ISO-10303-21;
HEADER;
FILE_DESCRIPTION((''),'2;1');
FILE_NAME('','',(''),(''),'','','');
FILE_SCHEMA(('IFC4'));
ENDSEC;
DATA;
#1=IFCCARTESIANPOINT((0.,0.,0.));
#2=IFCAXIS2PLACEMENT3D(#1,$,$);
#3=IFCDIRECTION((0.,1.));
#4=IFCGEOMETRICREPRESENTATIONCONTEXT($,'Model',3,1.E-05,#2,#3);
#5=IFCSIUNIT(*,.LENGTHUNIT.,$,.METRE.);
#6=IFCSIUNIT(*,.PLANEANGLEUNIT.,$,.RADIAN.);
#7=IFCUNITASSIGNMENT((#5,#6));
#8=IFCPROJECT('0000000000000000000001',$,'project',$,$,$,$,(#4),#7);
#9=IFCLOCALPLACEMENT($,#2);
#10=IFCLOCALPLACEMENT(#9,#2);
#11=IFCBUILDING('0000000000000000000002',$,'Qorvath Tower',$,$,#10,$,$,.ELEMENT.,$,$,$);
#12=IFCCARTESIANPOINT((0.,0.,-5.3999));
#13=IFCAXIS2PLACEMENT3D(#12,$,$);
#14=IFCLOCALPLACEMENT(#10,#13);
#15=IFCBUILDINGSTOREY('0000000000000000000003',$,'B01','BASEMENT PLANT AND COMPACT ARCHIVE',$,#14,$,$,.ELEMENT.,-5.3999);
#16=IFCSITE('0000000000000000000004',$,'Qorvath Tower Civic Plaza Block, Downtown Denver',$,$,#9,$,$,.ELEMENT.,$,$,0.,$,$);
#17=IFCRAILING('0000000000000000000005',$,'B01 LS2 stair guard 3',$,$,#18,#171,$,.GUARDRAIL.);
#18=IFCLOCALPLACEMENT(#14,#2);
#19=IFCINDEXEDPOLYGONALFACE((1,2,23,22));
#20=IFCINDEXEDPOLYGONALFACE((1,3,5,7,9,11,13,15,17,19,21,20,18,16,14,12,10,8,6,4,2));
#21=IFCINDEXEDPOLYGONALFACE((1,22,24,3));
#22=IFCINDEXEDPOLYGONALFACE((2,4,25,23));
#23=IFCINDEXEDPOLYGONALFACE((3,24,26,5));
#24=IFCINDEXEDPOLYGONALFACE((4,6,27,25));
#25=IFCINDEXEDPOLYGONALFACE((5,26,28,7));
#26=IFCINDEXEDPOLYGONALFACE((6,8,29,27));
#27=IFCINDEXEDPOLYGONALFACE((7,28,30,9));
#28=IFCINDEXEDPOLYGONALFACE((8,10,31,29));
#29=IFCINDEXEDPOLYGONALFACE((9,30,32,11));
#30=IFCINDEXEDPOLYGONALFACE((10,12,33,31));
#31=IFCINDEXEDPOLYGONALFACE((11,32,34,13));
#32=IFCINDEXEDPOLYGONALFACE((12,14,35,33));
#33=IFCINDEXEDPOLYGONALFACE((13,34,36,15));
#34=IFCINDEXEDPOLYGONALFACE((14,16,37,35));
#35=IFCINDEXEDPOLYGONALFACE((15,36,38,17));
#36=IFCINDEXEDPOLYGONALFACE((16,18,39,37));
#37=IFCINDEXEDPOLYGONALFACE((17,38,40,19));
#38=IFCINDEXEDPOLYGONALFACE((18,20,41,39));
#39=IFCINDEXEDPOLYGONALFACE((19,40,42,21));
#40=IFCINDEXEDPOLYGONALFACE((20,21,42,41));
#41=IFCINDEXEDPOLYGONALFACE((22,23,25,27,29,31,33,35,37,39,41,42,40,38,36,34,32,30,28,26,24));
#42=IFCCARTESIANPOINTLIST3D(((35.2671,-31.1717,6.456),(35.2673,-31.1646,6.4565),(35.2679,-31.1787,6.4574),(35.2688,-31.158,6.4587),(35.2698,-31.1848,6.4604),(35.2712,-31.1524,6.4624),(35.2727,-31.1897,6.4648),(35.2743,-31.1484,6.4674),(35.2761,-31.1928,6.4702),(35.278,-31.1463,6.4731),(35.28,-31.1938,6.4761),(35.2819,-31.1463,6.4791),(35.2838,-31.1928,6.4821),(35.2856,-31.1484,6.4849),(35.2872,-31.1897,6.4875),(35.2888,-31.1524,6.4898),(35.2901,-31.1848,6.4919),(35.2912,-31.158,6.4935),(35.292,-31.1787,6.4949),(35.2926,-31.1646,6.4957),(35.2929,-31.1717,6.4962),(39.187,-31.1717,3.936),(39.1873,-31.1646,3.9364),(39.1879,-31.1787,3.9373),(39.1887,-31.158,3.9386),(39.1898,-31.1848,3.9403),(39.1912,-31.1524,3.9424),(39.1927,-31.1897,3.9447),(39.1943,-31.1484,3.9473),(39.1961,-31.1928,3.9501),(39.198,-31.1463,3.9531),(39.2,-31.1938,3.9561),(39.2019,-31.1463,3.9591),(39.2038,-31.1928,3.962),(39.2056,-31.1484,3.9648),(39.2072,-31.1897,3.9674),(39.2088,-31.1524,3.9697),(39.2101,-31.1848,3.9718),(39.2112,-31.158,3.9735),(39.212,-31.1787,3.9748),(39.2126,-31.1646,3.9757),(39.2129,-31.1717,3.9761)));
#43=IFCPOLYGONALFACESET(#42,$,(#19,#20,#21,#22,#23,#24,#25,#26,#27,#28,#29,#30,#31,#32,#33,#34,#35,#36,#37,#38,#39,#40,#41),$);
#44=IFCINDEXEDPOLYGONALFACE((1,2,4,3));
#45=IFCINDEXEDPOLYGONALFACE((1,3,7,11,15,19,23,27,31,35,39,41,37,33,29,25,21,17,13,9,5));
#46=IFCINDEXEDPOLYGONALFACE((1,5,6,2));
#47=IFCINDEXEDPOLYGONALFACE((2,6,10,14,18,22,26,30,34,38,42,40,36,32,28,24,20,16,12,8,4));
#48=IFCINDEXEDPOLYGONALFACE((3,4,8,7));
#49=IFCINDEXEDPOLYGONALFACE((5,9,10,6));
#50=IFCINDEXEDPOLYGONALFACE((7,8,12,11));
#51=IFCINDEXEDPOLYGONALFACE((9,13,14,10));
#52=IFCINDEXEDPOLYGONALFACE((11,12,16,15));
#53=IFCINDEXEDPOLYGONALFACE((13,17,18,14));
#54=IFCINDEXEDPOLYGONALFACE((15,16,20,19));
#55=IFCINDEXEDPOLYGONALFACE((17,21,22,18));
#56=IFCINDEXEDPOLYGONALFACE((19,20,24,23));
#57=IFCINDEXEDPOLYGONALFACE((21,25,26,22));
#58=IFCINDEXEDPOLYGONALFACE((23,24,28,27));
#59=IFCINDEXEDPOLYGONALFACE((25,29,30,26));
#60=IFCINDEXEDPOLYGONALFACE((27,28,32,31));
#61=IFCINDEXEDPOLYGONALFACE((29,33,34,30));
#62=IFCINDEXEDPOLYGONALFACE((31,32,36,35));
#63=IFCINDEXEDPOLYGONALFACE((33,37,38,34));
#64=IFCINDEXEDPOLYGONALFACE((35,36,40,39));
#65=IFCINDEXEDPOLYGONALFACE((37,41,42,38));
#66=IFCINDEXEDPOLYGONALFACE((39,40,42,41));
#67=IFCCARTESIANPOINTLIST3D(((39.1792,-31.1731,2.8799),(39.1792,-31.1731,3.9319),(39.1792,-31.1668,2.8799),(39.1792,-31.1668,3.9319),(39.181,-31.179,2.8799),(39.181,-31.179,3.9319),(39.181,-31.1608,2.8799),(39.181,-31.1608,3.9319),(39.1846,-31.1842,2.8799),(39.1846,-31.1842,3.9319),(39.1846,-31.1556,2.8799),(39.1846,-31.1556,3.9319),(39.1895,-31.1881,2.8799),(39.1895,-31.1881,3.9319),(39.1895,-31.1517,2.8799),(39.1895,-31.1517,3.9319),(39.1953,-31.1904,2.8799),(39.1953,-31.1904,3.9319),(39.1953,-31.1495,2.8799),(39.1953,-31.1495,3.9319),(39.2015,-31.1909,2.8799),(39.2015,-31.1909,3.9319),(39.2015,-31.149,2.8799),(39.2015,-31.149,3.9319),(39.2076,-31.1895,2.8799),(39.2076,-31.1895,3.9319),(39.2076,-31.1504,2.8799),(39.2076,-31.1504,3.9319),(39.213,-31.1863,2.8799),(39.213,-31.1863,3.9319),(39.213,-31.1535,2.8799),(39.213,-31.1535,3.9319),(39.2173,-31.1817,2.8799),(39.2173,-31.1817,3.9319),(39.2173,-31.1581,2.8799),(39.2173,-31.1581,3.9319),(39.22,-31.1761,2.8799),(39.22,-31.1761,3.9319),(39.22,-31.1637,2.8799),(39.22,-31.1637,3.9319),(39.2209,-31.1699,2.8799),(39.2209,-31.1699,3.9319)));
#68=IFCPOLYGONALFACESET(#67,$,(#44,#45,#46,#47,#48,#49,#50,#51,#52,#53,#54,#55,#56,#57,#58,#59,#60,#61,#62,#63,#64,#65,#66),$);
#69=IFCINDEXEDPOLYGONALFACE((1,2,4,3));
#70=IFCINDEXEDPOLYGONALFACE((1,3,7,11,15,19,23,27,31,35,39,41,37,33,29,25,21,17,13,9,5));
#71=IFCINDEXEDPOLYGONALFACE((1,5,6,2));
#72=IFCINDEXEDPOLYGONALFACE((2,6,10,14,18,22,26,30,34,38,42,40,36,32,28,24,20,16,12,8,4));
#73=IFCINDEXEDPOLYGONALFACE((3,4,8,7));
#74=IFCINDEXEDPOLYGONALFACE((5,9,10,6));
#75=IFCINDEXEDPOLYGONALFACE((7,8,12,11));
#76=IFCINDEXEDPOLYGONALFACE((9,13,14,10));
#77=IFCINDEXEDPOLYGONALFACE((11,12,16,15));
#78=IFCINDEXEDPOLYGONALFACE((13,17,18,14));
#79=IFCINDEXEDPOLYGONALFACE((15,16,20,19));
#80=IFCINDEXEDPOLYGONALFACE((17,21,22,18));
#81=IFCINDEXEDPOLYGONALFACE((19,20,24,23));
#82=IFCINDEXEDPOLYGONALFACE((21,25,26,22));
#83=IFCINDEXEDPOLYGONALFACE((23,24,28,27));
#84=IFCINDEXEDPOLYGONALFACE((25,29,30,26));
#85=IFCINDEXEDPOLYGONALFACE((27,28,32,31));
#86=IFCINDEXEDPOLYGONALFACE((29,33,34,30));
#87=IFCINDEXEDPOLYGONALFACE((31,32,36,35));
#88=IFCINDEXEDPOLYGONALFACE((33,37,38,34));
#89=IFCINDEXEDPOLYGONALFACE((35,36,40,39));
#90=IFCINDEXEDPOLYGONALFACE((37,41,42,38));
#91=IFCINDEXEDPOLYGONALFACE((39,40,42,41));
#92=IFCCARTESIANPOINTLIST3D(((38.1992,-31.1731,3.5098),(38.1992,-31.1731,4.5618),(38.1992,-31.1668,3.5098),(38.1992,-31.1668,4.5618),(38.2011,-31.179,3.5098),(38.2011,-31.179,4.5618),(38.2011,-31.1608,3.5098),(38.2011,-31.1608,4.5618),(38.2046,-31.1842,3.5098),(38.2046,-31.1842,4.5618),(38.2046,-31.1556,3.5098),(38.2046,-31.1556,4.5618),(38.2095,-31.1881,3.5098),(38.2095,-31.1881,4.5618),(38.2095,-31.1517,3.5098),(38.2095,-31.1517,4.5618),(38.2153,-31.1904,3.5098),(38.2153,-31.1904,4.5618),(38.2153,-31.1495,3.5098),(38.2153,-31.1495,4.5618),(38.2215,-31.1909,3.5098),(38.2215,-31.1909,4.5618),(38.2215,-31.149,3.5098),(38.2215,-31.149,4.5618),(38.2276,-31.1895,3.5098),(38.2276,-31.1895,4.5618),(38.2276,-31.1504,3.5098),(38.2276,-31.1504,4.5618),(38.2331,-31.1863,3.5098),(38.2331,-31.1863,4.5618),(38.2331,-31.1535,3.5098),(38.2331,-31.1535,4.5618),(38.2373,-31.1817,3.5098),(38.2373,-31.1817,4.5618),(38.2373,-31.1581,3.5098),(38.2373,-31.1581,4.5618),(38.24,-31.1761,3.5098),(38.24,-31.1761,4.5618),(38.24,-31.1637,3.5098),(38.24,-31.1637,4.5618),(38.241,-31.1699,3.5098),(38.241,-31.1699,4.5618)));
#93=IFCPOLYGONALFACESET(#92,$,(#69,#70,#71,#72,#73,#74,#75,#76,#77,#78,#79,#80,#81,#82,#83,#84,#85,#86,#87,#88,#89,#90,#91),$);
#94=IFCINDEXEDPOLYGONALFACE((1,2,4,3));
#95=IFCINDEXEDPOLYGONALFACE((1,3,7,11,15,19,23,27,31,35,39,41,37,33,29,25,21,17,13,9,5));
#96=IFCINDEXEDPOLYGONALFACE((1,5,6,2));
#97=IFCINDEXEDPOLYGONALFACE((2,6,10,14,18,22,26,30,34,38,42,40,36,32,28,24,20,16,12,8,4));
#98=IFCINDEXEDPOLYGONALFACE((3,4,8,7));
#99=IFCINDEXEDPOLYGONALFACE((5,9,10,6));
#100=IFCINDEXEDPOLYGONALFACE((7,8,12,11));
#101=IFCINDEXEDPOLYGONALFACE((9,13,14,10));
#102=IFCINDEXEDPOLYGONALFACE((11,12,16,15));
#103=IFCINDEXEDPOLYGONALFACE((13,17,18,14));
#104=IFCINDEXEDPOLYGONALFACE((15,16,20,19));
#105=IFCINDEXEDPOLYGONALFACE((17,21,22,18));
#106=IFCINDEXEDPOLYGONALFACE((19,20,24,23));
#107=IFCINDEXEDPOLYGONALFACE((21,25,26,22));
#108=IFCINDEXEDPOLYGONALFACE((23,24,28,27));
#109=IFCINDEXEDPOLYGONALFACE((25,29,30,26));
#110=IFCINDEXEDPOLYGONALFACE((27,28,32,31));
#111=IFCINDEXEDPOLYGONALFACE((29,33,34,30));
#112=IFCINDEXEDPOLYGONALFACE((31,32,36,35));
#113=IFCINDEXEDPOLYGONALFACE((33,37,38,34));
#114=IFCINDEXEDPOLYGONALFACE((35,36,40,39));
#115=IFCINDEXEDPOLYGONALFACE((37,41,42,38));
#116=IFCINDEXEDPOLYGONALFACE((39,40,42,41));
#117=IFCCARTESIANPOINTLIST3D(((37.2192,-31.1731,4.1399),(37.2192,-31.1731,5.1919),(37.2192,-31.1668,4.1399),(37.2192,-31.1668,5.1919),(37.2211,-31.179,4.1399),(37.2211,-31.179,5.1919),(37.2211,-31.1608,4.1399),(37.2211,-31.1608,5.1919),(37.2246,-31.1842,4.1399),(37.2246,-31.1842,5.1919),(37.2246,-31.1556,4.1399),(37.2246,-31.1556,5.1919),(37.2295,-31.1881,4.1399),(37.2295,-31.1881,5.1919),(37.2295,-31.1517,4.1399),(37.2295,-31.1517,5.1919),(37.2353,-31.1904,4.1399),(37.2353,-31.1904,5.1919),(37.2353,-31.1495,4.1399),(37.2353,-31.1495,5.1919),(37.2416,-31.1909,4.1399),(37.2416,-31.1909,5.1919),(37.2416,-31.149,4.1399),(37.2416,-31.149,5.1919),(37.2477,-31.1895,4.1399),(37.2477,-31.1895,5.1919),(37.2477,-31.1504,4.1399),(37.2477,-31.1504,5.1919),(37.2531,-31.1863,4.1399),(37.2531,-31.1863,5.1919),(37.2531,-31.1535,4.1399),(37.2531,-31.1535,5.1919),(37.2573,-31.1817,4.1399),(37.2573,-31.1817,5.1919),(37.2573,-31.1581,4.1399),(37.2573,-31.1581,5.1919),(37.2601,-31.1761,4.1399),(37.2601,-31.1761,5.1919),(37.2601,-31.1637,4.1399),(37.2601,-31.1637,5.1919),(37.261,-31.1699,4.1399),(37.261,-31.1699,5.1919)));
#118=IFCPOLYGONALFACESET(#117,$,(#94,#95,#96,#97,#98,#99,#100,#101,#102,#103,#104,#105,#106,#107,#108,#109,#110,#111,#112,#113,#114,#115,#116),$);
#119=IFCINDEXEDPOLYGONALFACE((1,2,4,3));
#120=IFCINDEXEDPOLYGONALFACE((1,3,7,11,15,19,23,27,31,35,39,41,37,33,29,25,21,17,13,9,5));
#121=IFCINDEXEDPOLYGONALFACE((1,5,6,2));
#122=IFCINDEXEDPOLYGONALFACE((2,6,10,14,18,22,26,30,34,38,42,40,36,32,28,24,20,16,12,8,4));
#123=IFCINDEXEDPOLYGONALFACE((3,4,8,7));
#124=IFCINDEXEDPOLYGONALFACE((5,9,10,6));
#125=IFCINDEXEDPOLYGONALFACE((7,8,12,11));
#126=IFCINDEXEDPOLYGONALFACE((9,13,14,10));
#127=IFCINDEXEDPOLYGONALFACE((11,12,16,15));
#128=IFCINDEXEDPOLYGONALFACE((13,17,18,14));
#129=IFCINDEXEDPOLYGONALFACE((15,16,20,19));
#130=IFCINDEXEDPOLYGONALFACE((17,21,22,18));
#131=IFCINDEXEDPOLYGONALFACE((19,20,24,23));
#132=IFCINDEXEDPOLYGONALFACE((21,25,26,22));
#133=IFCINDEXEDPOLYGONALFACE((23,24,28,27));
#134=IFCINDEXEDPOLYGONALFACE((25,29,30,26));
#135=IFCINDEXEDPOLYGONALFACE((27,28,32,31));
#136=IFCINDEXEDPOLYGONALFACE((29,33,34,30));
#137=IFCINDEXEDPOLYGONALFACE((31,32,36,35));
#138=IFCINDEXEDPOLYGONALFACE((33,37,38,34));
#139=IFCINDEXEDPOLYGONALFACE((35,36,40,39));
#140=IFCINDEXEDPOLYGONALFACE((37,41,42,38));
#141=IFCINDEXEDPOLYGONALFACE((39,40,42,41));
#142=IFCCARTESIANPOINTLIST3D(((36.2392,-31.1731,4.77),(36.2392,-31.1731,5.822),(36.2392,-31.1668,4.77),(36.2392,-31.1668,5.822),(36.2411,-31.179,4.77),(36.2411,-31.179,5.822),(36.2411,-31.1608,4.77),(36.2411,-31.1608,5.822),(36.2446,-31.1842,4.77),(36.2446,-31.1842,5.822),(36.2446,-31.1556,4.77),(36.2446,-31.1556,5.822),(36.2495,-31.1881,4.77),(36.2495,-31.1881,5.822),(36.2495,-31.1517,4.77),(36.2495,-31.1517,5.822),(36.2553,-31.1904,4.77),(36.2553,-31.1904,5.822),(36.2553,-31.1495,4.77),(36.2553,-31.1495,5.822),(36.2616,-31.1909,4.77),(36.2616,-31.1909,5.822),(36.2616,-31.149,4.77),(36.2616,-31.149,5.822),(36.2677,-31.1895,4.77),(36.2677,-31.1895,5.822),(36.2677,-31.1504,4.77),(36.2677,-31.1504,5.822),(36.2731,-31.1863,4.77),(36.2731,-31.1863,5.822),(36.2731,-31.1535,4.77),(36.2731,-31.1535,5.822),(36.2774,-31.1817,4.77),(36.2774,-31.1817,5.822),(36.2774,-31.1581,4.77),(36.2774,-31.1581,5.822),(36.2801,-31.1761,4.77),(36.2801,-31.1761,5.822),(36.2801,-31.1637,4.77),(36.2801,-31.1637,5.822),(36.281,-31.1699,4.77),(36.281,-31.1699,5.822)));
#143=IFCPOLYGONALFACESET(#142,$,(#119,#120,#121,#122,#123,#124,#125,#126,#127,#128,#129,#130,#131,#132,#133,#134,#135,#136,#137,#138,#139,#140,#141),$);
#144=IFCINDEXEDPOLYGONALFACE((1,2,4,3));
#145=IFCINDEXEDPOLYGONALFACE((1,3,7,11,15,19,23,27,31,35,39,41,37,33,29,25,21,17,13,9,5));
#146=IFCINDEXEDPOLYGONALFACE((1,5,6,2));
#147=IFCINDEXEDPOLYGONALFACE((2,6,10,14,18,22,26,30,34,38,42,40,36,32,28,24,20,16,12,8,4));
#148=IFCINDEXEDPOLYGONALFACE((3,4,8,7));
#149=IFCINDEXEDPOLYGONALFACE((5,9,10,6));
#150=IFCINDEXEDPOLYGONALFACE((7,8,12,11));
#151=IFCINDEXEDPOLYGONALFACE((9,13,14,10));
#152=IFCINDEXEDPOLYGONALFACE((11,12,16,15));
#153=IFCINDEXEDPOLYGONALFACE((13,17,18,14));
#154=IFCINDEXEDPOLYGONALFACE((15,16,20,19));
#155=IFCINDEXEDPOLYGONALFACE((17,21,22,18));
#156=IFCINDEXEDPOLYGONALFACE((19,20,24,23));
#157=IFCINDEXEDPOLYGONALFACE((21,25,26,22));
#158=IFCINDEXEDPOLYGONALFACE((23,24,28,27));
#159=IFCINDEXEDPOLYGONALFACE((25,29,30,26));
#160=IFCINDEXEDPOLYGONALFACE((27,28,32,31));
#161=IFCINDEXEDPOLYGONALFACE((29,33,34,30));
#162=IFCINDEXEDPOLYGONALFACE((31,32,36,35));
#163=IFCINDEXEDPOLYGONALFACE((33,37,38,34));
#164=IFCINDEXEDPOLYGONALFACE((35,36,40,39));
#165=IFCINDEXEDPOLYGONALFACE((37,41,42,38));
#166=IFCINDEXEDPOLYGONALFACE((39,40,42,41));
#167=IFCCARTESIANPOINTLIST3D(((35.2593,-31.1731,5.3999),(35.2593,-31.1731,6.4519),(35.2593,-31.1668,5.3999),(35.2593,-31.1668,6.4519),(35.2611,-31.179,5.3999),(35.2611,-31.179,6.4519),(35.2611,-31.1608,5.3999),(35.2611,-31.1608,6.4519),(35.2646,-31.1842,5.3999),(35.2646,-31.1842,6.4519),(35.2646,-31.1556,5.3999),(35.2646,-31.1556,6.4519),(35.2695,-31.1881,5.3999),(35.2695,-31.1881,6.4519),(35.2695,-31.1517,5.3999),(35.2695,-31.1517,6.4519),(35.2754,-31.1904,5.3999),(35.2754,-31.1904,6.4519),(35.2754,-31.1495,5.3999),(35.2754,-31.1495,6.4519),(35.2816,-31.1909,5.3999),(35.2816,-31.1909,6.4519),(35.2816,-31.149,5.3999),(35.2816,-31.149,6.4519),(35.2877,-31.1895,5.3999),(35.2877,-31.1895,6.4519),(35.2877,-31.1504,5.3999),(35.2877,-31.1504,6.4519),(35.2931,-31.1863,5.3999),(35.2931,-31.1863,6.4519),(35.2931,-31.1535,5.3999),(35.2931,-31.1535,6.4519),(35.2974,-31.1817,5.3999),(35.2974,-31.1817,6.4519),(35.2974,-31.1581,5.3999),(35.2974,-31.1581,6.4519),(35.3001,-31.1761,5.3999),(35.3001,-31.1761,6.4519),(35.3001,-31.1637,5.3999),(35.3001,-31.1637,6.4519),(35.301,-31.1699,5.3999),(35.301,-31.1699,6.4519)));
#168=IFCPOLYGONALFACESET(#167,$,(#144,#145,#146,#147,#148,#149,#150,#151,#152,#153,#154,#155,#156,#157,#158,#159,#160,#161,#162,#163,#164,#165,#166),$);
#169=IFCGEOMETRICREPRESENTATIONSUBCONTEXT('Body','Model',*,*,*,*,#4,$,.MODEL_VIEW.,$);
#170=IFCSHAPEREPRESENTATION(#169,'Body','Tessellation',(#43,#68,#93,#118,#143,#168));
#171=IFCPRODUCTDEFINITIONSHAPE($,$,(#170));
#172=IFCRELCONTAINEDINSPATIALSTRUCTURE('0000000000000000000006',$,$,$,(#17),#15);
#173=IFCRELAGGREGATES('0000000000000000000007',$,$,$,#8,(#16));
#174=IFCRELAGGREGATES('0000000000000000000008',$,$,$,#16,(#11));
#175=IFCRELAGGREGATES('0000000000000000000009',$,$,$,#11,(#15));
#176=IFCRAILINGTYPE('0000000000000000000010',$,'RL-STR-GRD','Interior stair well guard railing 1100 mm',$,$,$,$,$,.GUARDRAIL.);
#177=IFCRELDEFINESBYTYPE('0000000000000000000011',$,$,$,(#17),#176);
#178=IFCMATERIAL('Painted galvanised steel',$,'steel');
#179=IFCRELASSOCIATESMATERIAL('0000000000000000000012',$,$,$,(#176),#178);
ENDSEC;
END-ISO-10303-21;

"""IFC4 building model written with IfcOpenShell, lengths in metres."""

from ifc_helpers import new_model, si_unit, direction, frame, origin, origin_2d, place, context, subcontext, project, spatial, circle, extrude, material, type_object, element, save


model = new_model("IFC4")

# Units and contexts
model_context = context("Model", 3, precision=1e-05, world=origin(), true_north=direction((0.0, 1.0)))
body_context = subcontext(model_context, "Body", "Model", "MODEL_VIEW")
ifc_project = project(units=[si_unit("LENGTHUNIT", "METRE"), si_unit("PLANEANGLEUNIT", "RADIAN")], contexts=[model_context])

# Site, building, storey
site_placement = place(None, origin())
site = spatial("IfcSite", under=ifc_project, at=site_placement, Name="Qorvath Tower Civic Plaza Block, Downtown Denver", CompositionType="ELEMENT", RefElevation=0.0)
building_placement = place(site_placement, origin())
building = spatial("IfcBuilding", under=site, at=building_placement, Name="Qorvath Tower", CompositionType="ELEMENT")
storey_placement = place(building_placement, frame((0.0, 0.0, -5.3999)))
storey = spatial("IfcBuildingStorey", under=building, at=storey_placement, Name="B01", Description="BASEMENT PLANT AND COMPACT ARCHIVE", CompositionType="ELEMENT", Elevation=-5.3999)

# Railing
ifc_material_1 = material(Name="Painted galvanised steel", Category="steel")
railing_type_1 = type_object("IfcRailingType", Name="RL-STR-GRD", Description="Interior stair well guard railing 1100 mm", PredefinedType="GUARDRAIL", material=ifc_material_1)
railing_1_placement = place(storey_placement, frame((39.2, -31.1699, 2.8799)))
element("IfcRailing", 1, at=railing_1_placement, inside=storey, type_object=railing_type_1, Name="B01 LS2 stair guard 3", PredefinedType="GUARDRAIL", context=body_context, shape_type="SweptSolid", body=[
    extrude(circle(Radius=0.0239, at=origin_2d()), frame((0.0, 0.0, 1.0762), z_axis=(-0.841172, 0.0, 0.540768), x_axis=(0.0, -1.0, 0.0)), (0.0, 0.0, 1.0), 4.6602),
    extrude(circle(Radius=0.021, at=origin_2d()), origin(), (0.0, 0.0, 1.0), 1.052),
    extrude(circle(Radius=0.021, at=origin_2d()), frame((-0.98, 0.0, 0.6299)), (0.0, 0.0, 1.0), 1.052),
    extrude(circle(Radius=0.021, at=origin_2d()), frame((-1.96, 0.0, 1.26)), (0.0, 0.0, 1.0), 1.052),
    extrude(circle(Radius=0.021, at=origin_2d()), frame((-2.9399, 0.0, 1.8901)), (0.0, 0.0, 1.0), 1.052),
    extrude(circle(Radius=0.021, at=origin_2d()), frame((-3.9199, 0.0, 2.52)), (0.0, 0.0, 1.0), 1.052),
])

save(model, "model.ifc")
